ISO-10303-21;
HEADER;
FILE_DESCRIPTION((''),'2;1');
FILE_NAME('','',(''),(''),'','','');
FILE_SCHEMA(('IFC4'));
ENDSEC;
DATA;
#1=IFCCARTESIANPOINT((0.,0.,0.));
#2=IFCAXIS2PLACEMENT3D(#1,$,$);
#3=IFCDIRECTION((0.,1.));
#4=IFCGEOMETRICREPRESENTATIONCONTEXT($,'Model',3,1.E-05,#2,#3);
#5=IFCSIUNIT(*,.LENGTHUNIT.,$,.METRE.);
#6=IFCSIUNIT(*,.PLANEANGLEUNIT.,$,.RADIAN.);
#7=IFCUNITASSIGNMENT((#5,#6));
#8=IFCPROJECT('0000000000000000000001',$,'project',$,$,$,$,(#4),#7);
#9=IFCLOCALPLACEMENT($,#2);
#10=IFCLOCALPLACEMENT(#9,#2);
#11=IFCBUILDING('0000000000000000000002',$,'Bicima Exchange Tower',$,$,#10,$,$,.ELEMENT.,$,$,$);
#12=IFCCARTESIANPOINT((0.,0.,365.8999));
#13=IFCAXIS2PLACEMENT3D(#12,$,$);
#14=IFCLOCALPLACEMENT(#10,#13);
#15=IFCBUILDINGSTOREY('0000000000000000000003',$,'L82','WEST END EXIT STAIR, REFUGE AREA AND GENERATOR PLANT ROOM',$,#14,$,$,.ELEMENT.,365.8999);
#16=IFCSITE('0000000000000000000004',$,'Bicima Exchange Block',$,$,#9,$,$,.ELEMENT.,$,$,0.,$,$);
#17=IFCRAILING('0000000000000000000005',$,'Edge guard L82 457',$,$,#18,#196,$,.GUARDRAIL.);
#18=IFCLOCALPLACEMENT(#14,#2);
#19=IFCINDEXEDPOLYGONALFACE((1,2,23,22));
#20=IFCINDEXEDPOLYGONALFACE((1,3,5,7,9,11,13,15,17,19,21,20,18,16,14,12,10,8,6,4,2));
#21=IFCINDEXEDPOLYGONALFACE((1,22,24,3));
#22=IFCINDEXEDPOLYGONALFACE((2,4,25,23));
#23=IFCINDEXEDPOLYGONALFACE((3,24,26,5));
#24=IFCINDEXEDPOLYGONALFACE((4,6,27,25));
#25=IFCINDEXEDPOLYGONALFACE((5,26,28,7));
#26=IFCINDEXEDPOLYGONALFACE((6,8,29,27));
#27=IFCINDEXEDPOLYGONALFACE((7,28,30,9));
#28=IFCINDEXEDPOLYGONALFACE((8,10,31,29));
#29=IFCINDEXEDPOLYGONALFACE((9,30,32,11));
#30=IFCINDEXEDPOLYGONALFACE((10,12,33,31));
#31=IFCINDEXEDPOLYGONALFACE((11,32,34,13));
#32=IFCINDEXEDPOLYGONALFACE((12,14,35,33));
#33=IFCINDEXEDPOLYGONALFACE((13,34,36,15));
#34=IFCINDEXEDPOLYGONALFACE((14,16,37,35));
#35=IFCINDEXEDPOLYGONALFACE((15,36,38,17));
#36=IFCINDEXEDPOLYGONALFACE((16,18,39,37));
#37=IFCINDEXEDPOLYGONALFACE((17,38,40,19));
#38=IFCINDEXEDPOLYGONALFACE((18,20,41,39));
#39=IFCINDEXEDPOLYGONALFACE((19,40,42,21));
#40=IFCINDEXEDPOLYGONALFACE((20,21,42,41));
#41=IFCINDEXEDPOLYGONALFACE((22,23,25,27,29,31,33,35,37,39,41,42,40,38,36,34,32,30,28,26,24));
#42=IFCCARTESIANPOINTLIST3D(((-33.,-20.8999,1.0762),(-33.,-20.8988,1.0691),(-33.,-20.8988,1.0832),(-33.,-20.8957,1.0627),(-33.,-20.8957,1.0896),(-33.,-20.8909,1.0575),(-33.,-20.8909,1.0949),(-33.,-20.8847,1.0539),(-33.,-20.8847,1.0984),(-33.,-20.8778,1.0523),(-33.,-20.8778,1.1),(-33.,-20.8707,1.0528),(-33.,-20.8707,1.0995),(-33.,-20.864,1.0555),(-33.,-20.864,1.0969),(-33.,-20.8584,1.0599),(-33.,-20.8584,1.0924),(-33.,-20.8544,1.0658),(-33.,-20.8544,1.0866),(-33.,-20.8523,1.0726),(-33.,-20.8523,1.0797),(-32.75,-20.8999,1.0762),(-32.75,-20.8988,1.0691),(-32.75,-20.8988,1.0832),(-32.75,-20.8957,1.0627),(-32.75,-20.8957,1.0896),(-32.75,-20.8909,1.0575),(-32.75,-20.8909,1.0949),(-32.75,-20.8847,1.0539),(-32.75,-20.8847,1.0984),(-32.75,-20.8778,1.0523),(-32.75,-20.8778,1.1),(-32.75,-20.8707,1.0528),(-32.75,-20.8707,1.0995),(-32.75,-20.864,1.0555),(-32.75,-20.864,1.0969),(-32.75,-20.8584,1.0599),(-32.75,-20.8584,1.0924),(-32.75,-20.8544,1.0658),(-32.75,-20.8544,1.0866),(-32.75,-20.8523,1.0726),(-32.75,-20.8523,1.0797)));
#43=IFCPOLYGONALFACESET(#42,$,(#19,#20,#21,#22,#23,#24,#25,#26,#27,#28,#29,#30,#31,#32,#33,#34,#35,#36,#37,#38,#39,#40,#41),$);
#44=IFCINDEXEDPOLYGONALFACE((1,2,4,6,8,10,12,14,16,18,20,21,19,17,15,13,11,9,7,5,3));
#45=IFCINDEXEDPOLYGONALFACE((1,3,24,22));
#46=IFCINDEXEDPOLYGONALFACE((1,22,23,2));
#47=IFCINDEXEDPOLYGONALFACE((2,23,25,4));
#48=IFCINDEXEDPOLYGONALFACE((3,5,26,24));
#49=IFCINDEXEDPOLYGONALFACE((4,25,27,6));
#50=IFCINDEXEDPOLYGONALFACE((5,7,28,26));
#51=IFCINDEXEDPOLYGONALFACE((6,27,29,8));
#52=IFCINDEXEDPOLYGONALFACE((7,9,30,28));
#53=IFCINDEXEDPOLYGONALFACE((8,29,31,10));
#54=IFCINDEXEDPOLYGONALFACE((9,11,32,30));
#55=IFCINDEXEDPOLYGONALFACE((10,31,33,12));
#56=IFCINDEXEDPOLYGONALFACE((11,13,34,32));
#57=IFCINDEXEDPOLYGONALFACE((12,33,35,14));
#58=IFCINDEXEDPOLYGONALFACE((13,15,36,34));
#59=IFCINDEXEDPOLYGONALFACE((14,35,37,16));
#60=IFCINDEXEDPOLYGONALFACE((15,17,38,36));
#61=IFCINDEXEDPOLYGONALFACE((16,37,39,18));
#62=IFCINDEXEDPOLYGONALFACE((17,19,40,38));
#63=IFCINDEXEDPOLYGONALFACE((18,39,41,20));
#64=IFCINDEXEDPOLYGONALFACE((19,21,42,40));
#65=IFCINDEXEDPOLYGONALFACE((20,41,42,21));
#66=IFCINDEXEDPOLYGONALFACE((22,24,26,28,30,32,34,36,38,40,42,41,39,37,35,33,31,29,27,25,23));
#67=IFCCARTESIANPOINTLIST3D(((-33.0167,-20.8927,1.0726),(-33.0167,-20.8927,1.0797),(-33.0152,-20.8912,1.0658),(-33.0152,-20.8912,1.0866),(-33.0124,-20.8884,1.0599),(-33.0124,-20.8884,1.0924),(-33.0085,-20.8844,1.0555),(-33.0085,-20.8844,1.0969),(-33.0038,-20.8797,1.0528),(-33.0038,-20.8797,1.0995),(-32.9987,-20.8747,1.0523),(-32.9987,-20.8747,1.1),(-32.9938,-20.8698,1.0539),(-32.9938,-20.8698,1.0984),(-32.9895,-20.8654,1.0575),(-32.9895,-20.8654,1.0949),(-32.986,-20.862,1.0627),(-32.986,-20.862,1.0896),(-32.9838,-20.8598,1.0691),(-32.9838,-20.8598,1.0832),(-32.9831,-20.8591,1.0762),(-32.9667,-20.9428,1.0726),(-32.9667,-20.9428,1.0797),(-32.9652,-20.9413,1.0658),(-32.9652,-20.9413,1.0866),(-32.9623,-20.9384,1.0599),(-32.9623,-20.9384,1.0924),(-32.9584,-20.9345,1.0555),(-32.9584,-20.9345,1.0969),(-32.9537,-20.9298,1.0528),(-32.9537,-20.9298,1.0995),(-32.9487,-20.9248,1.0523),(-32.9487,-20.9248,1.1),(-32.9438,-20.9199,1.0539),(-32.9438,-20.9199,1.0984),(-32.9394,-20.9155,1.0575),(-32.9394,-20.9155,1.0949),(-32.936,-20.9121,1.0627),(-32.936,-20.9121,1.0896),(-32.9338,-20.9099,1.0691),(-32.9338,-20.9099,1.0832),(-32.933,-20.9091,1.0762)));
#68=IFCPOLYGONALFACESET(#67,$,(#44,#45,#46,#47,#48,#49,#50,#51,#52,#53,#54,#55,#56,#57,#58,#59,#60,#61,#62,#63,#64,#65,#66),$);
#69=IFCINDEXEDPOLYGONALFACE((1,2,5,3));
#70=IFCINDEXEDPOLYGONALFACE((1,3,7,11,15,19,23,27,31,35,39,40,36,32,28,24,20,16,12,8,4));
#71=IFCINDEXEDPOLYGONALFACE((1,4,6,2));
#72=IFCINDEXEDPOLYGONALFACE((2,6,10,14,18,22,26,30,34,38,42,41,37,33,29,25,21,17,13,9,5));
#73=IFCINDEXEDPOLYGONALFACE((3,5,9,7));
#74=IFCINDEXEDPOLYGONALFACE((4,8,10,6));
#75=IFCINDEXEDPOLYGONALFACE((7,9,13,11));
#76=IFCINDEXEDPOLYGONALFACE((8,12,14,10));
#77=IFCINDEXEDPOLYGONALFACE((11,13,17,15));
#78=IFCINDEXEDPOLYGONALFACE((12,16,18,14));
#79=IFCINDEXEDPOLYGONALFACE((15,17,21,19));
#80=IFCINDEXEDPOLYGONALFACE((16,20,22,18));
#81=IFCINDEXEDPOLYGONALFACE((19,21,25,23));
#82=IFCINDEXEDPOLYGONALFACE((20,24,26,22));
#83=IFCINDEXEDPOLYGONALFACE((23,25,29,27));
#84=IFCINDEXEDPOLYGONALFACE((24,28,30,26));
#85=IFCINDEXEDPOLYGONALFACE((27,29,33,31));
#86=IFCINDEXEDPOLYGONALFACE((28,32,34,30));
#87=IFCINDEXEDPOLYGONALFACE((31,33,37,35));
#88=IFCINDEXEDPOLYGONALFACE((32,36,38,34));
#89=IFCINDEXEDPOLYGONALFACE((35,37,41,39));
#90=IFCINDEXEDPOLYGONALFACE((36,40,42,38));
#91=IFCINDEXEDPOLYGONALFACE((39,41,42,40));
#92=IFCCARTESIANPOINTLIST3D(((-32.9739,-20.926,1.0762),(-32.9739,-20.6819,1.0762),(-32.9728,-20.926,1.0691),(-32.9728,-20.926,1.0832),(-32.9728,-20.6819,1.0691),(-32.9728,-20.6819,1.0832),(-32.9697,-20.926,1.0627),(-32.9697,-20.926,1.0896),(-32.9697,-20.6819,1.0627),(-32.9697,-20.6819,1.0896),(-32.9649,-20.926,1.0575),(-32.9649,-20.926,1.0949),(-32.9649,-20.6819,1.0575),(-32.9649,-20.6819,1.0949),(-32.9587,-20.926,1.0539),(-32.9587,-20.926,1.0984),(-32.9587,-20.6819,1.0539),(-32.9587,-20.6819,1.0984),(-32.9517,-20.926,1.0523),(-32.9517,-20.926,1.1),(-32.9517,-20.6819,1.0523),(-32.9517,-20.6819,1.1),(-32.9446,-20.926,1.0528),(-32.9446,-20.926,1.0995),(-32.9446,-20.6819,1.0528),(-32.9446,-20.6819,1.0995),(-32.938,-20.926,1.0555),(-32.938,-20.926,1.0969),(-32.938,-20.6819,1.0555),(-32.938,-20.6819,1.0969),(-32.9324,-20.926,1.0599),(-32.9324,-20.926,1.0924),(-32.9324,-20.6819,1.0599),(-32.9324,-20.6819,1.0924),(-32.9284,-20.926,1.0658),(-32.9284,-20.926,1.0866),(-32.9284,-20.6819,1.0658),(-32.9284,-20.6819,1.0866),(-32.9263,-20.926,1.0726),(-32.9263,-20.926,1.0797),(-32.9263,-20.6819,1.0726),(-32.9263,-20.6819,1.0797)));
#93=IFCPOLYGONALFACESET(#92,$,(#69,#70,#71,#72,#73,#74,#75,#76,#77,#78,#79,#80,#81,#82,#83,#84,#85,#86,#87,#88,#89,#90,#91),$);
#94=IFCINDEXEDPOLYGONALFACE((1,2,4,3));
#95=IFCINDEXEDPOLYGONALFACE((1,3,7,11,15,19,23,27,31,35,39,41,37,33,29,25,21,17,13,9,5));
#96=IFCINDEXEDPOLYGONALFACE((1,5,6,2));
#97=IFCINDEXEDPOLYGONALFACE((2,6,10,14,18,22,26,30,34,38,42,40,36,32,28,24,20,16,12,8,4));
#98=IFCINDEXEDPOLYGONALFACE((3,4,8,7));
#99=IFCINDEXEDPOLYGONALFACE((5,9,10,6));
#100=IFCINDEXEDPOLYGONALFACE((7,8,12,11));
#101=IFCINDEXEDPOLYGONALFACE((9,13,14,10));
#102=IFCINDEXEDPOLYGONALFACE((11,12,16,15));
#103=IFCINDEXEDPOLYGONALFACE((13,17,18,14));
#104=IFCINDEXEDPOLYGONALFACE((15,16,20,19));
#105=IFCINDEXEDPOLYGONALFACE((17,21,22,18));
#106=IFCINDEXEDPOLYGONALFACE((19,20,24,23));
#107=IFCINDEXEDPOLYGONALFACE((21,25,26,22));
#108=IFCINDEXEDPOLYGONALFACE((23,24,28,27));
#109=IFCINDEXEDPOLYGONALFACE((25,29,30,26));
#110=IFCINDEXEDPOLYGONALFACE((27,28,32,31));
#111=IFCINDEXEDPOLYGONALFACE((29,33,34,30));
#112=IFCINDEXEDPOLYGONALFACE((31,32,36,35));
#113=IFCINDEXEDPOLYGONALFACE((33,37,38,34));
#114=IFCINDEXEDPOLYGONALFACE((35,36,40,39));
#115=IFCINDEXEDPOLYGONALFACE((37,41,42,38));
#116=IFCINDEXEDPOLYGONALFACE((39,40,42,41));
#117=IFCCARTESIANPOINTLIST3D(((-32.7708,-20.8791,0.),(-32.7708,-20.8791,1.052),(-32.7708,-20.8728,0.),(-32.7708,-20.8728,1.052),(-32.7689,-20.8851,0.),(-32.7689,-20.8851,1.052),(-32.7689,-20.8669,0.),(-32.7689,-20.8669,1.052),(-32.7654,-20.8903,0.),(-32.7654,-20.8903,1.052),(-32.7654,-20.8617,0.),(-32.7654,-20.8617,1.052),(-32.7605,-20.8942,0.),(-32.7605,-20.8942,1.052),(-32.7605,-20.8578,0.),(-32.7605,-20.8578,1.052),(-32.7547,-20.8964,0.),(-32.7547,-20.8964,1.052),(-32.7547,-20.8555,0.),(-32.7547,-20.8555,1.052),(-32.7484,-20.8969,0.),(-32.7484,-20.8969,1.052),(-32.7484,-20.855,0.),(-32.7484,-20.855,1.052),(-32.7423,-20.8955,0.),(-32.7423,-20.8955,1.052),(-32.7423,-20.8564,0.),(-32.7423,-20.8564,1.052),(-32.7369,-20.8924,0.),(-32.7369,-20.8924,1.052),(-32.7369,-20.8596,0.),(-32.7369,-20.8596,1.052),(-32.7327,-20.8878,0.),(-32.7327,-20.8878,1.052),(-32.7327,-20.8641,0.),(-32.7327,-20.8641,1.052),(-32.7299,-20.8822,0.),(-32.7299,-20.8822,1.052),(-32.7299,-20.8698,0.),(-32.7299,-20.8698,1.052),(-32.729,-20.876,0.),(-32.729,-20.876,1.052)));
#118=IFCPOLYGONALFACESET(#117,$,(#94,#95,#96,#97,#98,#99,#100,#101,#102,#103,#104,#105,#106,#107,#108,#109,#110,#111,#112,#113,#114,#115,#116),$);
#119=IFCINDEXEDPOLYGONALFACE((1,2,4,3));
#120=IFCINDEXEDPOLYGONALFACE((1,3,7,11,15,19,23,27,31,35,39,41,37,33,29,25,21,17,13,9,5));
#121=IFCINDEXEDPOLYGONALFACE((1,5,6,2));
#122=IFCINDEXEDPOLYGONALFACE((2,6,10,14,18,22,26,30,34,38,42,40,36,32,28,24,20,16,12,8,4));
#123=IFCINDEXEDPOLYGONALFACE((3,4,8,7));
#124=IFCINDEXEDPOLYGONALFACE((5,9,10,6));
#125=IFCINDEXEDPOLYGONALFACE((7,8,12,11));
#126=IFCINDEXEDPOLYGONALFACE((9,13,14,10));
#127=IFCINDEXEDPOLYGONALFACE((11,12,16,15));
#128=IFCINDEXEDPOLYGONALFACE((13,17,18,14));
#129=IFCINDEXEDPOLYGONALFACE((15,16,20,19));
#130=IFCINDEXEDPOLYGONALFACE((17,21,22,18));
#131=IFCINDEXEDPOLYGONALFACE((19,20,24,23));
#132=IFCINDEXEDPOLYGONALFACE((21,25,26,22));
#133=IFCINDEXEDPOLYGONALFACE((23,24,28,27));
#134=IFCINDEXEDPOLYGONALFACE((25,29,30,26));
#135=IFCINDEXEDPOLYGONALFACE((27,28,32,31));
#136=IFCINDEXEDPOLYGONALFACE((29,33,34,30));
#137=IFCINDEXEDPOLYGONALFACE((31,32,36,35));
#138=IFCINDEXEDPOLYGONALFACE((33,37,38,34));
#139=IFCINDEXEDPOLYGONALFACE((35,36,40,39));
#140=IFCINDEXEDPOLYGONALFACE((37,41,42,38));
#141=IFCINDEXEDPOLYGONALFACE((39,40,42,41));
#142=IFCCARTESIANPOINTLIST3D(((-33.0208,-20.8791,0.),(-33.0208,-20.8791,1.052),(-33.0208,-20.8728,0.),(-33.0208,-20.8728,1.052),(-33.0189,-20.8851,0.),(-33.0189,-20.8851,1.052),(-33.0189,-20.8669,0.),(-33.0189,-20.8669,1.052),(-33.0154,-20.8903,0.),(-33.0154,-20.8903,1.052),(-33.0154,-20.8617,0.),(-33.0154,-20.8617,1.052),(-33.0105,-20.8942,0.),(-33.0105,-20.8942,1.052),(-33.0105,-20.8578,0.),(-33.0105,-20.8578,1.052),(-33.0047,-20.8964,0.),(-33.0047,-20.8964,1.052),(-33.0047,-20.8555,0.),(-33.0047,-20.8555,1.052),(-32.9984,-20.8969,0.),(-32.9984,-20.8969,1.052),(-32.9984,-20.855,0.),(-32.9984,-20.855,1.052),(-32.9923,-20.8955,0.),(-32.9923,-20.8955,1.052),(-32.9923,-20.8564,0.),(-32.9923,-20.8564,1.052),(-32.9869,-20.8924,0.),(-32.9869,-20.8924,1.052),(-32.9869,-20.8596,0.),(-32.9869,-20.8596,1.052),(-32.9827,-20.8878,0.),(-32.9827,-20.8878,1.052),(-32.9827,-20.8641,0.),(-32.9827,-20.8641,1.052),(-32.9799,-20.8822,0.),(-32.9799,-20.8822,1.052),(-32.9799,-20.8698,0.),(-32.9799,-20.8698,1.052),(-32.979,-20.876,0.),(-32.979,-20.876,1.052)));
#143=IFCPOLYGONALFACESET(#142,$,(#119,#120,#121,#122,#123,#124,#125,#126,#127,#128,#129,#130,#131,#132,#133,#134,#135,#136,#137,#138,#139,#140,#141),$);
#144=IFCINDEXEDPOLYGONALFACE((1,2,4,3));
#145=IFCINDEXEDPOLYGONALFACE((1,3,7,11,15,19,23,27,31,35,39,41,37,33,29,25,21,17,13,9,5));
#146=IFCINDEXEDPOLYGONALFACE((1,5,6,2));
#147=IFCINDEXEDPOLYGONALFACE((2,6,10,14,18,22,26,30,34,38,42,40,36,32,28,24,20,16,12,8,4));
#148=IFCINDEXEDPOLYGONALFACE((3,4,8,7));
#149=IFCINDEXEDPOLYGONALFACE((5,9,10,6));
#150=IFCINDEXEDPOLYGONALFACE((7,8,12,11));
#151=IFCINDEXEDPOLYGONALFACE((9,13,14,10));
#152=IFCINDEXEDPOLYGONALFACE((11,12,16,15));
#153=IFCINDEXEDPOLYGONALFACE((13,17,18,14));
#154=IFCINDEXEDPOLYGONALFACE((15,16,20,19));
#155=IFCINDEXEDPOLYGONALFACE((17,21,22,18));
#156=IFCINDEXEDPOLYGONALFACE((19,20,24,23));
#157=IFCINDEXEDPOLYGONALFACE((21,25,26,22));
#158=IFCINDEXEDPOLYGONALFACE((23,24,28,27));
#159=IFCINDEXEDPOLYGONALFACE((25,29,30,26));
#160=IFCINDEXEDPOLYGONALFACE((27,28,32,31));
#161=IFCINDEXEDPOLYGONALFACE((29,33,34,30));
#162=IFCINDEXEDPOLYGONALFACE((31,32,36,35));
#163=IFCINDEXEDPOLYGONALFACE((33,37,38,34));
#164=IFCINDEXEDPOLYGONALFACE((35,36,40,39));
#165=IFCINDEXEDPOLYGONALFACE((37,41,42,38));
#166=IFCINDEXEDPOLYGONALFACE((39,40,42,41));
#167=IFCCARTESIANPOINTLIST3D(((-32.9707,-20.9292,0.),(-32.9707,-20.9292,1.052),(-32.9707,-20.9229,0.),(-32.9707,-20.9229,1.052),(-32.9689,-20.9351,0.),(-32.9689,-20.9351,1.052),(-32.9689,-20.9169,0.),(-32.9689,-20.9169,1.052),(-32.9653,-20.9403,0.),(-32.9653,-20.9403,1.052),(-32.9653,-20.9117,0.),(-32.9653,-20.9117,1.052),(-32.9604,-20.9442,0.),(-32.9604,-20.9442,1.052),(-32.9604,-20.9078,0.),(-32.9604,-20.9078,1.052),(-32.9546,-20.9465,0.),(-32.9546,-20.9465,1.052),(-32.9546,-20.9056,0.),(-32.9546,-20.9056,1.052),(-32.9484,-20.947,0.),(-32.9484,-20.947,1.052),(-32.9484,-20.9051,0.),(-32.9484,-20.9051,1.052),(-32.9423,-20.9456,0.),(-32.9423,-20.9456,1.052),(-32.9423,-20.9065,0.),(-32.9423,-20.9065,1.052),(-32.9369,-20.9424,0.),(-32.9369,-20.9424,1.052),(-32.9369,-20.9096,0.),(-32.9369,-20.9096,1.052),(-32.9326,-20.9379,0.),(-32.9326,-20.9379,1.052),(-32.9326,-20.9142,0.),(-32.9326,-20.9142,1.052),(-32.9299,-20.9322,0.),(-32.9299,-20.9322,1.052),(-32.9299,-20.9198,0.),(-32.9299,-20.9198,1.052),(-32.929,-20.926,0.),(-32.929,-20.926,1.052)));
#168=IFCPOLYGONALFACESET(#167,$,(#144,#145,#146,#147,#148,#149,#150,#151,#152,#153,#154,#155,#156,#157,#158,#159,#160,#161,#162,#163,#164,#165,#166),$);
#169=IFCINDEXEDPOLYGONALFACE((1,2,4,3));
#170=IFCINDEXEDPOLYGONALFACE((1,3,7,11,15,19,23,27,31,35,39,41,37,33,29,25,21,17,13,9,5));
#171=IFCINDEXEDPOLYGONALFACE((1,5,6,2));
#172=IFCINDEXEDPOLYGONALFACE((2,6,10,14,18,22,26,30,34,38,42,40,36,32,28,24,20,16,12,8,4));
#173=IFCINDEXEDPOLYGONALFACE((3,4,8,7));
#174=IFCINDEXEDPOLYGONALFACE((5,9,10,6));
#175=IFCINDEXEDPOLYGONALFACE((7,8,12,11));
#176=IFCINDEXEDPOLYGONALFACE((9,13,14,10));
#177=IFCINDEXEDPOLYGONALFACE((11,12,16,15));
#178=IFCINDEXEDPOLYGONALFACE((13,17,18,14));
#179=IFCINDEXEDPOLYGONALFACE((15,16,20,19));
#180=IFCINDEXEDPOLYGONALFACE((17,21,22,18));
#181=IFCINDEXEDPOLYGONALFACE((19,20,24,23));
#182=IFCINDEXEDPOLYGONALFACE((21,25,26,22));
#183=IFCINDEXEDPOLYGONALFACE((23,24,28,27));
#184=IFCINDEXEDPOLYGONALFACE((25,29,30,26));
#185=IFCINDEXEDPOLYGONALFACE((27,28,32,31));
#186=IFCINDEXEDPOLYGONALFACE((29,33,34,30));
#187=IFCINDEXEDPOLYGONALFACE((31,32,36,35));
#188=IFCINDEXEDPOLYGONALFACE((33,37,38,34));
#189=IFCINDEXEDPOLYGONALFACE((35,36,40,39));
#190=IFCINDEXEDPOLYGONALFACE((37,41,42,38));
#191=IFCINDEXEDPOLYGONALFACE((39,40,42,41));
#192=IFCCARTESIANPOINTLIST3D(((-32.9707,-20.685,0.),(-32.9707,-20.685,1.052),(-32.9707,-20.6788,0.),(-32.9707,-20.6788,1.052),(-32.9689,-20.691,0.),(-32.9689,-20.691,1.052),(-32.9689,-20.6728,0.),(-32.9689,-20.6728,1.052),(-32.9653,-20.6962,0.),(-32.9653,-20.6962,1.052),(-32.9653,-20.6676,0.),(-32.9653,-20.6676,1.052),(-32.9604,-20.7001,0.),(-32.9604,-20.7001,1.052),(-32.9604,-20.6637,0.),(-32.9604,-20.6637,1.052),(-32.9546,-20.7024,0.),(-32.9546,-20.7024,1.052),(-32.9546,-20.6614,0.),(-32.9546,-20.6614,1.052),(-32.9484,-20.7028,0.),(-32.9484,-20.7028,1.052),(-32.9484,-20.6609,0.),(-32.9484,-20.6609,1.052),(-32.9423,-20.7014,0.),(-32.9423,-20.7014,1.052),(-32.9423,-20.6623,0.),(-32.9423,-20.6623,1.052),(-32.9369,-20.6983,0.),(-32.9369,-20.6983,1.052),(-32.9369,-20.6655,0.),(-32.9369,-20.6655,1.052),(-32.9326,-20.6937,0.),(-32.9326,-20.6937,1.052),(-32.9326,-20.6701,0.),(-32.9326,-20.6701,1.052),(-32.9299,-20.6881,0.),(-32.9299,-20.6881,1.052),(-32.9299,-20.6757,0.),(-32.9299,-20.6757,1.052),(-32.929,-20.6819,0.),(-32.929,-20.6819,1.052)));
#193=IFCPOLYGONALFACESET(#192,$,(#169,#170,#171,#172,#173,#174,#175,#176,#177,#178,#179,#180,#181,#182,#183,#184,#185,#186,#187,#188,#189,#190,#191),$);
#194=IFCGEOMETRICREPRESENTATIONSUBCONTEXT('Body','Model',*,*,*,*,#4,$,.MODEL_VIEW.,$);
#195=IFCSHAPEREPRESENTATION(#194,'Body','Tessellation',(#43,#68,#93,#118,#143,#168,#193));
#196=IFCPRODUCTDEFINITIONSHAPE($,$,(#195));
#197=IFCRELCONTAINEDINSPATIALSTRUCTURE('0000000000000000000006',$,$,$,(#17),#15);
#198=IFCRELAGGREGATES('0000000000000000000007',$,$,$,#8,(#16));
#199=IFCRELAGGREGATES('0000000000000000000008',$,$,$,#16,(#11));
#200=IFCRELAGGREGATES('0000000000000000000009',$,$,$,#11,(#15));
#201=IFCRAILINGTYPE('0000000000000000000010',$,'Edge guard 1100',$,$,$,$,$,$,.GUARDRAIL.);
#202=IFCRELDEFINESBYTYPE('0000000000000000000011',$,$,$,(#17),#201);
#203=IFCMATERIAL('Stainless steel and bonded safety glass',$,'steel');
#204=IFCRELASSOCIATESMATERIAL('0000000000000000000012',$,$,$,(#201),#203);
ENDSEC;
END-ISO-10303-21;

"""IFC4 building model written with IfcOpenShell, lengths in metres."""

from ifc_helpers import new_model, si_unit, direction, frame, origin, origin_2d, place, context, subcontext, project, spatial, circle, extrude, material, type_object, element, save


model = new_model("IFC4")

# Units and contexts
model_context = context("Model", 3, precision=1e-05, world=origin(), true_north=direction((0.0, 1.0)))
body_context = subcontext(model_context, "Body", "Model", "MODEL_VIEW")
ifc_project = project(units=[si_unit("LENGTHUNIT", "METRE"), si_unit("PLANEANGLEUNIT", "RADIAN")], contexts=[model_context])

# Site, building, storey
site_placement = place(None, origin())
site = spatial("IfcSite", under=ifc_project, at=site_placement, Name="Bicima Exchange Block", CompositionType="ELEMENT", RefElevation=0.0)
building_placement = place(site_placement, origin())
building = spatial("IfcBuilding", under=site, at=building_placement, Name="Bicima Exchange Tower", CompositionType="ELEMENT")
storey_placement = place(building_placement, frame((0.0, 0.0, 365.8999)))
storey = spatial("IfcBuildingStorey", under=building, at=storey_placement, Name="L82", Description="WEST END EXIT STAIR, REFUGE AREA AND GENERATOR PLANT ROOM", CompositionType="ELEMENT", Elevation=365.8999)

# Railing
ifc_material_1 = material(Name="Stainless steel and bonded safety glass", Category="steel")
railing_type = type_object("IfcRailingType", Name="Edge guard 1100", PredefinedType="GUARDRAIL", material=ifc_material_1)
railing_placement = place(storey_placement, frame((-32.75, -20.876, 0.0)))
element("IfcRailing", 1, at=railing_placement, inside=storey, type_object=railing_type, Name="Edge guard L82 457", PredefinedType="GUARDRAIL", context=body_context, shape_type="SweptSolid", body=[
    extrude(circle(Radius=0.0239, at=origin_2d()), frame((0.0, 0.0, 1.0762), z_axis=(-1.0, 0.0, 0.0), x_axis=(0.0, -1.0, 0.0)), (0.0, 0.0, 1.0), 0.25),
    extrude(circle(Radius=0.0239, at=origin_2d()), frame((-0.25, 0.0, 1.0762), z_axis=(0.707107, -0.707107, 0.0), x_axis=(0.707107, 0.707107, 0.0)), (0.0, 0.0, 1.0), 0.0708),
    extrude(circle(Radius=0.0239, at=origin_2d()), frame((-0.2, -0.05, 1.0762), z_axis=(0.0, 1.0, 0.0), x_axis=(-1.0, 0.0, 0.0)), (0.0, 0.0, 1.0), 0.2441),
    extrude(circle(Radius=0.021, at=origin_2d()), origin(), (0.0, 0.0, 1.0), 1.052),
    extrude(circle(Radius=0.021, at=origin_2d()), frame((-0.25, 0.0, 0.0)), (0.0, 0.0, 1.0), 1.052),
    extrude(circle(Radius=0.021, at=origin_2d()), frame((-0.2, -0.05, 0.0)), (0.0, 0.0, 1.0), 1.052),
    extrude(circle(Radius=0.021, at=origin_2d()), frame((-0.2, 0.1941, 0.0)), (0.0, 0.0, 1.0), 1.052),
])

save(model, "model.ifc")
